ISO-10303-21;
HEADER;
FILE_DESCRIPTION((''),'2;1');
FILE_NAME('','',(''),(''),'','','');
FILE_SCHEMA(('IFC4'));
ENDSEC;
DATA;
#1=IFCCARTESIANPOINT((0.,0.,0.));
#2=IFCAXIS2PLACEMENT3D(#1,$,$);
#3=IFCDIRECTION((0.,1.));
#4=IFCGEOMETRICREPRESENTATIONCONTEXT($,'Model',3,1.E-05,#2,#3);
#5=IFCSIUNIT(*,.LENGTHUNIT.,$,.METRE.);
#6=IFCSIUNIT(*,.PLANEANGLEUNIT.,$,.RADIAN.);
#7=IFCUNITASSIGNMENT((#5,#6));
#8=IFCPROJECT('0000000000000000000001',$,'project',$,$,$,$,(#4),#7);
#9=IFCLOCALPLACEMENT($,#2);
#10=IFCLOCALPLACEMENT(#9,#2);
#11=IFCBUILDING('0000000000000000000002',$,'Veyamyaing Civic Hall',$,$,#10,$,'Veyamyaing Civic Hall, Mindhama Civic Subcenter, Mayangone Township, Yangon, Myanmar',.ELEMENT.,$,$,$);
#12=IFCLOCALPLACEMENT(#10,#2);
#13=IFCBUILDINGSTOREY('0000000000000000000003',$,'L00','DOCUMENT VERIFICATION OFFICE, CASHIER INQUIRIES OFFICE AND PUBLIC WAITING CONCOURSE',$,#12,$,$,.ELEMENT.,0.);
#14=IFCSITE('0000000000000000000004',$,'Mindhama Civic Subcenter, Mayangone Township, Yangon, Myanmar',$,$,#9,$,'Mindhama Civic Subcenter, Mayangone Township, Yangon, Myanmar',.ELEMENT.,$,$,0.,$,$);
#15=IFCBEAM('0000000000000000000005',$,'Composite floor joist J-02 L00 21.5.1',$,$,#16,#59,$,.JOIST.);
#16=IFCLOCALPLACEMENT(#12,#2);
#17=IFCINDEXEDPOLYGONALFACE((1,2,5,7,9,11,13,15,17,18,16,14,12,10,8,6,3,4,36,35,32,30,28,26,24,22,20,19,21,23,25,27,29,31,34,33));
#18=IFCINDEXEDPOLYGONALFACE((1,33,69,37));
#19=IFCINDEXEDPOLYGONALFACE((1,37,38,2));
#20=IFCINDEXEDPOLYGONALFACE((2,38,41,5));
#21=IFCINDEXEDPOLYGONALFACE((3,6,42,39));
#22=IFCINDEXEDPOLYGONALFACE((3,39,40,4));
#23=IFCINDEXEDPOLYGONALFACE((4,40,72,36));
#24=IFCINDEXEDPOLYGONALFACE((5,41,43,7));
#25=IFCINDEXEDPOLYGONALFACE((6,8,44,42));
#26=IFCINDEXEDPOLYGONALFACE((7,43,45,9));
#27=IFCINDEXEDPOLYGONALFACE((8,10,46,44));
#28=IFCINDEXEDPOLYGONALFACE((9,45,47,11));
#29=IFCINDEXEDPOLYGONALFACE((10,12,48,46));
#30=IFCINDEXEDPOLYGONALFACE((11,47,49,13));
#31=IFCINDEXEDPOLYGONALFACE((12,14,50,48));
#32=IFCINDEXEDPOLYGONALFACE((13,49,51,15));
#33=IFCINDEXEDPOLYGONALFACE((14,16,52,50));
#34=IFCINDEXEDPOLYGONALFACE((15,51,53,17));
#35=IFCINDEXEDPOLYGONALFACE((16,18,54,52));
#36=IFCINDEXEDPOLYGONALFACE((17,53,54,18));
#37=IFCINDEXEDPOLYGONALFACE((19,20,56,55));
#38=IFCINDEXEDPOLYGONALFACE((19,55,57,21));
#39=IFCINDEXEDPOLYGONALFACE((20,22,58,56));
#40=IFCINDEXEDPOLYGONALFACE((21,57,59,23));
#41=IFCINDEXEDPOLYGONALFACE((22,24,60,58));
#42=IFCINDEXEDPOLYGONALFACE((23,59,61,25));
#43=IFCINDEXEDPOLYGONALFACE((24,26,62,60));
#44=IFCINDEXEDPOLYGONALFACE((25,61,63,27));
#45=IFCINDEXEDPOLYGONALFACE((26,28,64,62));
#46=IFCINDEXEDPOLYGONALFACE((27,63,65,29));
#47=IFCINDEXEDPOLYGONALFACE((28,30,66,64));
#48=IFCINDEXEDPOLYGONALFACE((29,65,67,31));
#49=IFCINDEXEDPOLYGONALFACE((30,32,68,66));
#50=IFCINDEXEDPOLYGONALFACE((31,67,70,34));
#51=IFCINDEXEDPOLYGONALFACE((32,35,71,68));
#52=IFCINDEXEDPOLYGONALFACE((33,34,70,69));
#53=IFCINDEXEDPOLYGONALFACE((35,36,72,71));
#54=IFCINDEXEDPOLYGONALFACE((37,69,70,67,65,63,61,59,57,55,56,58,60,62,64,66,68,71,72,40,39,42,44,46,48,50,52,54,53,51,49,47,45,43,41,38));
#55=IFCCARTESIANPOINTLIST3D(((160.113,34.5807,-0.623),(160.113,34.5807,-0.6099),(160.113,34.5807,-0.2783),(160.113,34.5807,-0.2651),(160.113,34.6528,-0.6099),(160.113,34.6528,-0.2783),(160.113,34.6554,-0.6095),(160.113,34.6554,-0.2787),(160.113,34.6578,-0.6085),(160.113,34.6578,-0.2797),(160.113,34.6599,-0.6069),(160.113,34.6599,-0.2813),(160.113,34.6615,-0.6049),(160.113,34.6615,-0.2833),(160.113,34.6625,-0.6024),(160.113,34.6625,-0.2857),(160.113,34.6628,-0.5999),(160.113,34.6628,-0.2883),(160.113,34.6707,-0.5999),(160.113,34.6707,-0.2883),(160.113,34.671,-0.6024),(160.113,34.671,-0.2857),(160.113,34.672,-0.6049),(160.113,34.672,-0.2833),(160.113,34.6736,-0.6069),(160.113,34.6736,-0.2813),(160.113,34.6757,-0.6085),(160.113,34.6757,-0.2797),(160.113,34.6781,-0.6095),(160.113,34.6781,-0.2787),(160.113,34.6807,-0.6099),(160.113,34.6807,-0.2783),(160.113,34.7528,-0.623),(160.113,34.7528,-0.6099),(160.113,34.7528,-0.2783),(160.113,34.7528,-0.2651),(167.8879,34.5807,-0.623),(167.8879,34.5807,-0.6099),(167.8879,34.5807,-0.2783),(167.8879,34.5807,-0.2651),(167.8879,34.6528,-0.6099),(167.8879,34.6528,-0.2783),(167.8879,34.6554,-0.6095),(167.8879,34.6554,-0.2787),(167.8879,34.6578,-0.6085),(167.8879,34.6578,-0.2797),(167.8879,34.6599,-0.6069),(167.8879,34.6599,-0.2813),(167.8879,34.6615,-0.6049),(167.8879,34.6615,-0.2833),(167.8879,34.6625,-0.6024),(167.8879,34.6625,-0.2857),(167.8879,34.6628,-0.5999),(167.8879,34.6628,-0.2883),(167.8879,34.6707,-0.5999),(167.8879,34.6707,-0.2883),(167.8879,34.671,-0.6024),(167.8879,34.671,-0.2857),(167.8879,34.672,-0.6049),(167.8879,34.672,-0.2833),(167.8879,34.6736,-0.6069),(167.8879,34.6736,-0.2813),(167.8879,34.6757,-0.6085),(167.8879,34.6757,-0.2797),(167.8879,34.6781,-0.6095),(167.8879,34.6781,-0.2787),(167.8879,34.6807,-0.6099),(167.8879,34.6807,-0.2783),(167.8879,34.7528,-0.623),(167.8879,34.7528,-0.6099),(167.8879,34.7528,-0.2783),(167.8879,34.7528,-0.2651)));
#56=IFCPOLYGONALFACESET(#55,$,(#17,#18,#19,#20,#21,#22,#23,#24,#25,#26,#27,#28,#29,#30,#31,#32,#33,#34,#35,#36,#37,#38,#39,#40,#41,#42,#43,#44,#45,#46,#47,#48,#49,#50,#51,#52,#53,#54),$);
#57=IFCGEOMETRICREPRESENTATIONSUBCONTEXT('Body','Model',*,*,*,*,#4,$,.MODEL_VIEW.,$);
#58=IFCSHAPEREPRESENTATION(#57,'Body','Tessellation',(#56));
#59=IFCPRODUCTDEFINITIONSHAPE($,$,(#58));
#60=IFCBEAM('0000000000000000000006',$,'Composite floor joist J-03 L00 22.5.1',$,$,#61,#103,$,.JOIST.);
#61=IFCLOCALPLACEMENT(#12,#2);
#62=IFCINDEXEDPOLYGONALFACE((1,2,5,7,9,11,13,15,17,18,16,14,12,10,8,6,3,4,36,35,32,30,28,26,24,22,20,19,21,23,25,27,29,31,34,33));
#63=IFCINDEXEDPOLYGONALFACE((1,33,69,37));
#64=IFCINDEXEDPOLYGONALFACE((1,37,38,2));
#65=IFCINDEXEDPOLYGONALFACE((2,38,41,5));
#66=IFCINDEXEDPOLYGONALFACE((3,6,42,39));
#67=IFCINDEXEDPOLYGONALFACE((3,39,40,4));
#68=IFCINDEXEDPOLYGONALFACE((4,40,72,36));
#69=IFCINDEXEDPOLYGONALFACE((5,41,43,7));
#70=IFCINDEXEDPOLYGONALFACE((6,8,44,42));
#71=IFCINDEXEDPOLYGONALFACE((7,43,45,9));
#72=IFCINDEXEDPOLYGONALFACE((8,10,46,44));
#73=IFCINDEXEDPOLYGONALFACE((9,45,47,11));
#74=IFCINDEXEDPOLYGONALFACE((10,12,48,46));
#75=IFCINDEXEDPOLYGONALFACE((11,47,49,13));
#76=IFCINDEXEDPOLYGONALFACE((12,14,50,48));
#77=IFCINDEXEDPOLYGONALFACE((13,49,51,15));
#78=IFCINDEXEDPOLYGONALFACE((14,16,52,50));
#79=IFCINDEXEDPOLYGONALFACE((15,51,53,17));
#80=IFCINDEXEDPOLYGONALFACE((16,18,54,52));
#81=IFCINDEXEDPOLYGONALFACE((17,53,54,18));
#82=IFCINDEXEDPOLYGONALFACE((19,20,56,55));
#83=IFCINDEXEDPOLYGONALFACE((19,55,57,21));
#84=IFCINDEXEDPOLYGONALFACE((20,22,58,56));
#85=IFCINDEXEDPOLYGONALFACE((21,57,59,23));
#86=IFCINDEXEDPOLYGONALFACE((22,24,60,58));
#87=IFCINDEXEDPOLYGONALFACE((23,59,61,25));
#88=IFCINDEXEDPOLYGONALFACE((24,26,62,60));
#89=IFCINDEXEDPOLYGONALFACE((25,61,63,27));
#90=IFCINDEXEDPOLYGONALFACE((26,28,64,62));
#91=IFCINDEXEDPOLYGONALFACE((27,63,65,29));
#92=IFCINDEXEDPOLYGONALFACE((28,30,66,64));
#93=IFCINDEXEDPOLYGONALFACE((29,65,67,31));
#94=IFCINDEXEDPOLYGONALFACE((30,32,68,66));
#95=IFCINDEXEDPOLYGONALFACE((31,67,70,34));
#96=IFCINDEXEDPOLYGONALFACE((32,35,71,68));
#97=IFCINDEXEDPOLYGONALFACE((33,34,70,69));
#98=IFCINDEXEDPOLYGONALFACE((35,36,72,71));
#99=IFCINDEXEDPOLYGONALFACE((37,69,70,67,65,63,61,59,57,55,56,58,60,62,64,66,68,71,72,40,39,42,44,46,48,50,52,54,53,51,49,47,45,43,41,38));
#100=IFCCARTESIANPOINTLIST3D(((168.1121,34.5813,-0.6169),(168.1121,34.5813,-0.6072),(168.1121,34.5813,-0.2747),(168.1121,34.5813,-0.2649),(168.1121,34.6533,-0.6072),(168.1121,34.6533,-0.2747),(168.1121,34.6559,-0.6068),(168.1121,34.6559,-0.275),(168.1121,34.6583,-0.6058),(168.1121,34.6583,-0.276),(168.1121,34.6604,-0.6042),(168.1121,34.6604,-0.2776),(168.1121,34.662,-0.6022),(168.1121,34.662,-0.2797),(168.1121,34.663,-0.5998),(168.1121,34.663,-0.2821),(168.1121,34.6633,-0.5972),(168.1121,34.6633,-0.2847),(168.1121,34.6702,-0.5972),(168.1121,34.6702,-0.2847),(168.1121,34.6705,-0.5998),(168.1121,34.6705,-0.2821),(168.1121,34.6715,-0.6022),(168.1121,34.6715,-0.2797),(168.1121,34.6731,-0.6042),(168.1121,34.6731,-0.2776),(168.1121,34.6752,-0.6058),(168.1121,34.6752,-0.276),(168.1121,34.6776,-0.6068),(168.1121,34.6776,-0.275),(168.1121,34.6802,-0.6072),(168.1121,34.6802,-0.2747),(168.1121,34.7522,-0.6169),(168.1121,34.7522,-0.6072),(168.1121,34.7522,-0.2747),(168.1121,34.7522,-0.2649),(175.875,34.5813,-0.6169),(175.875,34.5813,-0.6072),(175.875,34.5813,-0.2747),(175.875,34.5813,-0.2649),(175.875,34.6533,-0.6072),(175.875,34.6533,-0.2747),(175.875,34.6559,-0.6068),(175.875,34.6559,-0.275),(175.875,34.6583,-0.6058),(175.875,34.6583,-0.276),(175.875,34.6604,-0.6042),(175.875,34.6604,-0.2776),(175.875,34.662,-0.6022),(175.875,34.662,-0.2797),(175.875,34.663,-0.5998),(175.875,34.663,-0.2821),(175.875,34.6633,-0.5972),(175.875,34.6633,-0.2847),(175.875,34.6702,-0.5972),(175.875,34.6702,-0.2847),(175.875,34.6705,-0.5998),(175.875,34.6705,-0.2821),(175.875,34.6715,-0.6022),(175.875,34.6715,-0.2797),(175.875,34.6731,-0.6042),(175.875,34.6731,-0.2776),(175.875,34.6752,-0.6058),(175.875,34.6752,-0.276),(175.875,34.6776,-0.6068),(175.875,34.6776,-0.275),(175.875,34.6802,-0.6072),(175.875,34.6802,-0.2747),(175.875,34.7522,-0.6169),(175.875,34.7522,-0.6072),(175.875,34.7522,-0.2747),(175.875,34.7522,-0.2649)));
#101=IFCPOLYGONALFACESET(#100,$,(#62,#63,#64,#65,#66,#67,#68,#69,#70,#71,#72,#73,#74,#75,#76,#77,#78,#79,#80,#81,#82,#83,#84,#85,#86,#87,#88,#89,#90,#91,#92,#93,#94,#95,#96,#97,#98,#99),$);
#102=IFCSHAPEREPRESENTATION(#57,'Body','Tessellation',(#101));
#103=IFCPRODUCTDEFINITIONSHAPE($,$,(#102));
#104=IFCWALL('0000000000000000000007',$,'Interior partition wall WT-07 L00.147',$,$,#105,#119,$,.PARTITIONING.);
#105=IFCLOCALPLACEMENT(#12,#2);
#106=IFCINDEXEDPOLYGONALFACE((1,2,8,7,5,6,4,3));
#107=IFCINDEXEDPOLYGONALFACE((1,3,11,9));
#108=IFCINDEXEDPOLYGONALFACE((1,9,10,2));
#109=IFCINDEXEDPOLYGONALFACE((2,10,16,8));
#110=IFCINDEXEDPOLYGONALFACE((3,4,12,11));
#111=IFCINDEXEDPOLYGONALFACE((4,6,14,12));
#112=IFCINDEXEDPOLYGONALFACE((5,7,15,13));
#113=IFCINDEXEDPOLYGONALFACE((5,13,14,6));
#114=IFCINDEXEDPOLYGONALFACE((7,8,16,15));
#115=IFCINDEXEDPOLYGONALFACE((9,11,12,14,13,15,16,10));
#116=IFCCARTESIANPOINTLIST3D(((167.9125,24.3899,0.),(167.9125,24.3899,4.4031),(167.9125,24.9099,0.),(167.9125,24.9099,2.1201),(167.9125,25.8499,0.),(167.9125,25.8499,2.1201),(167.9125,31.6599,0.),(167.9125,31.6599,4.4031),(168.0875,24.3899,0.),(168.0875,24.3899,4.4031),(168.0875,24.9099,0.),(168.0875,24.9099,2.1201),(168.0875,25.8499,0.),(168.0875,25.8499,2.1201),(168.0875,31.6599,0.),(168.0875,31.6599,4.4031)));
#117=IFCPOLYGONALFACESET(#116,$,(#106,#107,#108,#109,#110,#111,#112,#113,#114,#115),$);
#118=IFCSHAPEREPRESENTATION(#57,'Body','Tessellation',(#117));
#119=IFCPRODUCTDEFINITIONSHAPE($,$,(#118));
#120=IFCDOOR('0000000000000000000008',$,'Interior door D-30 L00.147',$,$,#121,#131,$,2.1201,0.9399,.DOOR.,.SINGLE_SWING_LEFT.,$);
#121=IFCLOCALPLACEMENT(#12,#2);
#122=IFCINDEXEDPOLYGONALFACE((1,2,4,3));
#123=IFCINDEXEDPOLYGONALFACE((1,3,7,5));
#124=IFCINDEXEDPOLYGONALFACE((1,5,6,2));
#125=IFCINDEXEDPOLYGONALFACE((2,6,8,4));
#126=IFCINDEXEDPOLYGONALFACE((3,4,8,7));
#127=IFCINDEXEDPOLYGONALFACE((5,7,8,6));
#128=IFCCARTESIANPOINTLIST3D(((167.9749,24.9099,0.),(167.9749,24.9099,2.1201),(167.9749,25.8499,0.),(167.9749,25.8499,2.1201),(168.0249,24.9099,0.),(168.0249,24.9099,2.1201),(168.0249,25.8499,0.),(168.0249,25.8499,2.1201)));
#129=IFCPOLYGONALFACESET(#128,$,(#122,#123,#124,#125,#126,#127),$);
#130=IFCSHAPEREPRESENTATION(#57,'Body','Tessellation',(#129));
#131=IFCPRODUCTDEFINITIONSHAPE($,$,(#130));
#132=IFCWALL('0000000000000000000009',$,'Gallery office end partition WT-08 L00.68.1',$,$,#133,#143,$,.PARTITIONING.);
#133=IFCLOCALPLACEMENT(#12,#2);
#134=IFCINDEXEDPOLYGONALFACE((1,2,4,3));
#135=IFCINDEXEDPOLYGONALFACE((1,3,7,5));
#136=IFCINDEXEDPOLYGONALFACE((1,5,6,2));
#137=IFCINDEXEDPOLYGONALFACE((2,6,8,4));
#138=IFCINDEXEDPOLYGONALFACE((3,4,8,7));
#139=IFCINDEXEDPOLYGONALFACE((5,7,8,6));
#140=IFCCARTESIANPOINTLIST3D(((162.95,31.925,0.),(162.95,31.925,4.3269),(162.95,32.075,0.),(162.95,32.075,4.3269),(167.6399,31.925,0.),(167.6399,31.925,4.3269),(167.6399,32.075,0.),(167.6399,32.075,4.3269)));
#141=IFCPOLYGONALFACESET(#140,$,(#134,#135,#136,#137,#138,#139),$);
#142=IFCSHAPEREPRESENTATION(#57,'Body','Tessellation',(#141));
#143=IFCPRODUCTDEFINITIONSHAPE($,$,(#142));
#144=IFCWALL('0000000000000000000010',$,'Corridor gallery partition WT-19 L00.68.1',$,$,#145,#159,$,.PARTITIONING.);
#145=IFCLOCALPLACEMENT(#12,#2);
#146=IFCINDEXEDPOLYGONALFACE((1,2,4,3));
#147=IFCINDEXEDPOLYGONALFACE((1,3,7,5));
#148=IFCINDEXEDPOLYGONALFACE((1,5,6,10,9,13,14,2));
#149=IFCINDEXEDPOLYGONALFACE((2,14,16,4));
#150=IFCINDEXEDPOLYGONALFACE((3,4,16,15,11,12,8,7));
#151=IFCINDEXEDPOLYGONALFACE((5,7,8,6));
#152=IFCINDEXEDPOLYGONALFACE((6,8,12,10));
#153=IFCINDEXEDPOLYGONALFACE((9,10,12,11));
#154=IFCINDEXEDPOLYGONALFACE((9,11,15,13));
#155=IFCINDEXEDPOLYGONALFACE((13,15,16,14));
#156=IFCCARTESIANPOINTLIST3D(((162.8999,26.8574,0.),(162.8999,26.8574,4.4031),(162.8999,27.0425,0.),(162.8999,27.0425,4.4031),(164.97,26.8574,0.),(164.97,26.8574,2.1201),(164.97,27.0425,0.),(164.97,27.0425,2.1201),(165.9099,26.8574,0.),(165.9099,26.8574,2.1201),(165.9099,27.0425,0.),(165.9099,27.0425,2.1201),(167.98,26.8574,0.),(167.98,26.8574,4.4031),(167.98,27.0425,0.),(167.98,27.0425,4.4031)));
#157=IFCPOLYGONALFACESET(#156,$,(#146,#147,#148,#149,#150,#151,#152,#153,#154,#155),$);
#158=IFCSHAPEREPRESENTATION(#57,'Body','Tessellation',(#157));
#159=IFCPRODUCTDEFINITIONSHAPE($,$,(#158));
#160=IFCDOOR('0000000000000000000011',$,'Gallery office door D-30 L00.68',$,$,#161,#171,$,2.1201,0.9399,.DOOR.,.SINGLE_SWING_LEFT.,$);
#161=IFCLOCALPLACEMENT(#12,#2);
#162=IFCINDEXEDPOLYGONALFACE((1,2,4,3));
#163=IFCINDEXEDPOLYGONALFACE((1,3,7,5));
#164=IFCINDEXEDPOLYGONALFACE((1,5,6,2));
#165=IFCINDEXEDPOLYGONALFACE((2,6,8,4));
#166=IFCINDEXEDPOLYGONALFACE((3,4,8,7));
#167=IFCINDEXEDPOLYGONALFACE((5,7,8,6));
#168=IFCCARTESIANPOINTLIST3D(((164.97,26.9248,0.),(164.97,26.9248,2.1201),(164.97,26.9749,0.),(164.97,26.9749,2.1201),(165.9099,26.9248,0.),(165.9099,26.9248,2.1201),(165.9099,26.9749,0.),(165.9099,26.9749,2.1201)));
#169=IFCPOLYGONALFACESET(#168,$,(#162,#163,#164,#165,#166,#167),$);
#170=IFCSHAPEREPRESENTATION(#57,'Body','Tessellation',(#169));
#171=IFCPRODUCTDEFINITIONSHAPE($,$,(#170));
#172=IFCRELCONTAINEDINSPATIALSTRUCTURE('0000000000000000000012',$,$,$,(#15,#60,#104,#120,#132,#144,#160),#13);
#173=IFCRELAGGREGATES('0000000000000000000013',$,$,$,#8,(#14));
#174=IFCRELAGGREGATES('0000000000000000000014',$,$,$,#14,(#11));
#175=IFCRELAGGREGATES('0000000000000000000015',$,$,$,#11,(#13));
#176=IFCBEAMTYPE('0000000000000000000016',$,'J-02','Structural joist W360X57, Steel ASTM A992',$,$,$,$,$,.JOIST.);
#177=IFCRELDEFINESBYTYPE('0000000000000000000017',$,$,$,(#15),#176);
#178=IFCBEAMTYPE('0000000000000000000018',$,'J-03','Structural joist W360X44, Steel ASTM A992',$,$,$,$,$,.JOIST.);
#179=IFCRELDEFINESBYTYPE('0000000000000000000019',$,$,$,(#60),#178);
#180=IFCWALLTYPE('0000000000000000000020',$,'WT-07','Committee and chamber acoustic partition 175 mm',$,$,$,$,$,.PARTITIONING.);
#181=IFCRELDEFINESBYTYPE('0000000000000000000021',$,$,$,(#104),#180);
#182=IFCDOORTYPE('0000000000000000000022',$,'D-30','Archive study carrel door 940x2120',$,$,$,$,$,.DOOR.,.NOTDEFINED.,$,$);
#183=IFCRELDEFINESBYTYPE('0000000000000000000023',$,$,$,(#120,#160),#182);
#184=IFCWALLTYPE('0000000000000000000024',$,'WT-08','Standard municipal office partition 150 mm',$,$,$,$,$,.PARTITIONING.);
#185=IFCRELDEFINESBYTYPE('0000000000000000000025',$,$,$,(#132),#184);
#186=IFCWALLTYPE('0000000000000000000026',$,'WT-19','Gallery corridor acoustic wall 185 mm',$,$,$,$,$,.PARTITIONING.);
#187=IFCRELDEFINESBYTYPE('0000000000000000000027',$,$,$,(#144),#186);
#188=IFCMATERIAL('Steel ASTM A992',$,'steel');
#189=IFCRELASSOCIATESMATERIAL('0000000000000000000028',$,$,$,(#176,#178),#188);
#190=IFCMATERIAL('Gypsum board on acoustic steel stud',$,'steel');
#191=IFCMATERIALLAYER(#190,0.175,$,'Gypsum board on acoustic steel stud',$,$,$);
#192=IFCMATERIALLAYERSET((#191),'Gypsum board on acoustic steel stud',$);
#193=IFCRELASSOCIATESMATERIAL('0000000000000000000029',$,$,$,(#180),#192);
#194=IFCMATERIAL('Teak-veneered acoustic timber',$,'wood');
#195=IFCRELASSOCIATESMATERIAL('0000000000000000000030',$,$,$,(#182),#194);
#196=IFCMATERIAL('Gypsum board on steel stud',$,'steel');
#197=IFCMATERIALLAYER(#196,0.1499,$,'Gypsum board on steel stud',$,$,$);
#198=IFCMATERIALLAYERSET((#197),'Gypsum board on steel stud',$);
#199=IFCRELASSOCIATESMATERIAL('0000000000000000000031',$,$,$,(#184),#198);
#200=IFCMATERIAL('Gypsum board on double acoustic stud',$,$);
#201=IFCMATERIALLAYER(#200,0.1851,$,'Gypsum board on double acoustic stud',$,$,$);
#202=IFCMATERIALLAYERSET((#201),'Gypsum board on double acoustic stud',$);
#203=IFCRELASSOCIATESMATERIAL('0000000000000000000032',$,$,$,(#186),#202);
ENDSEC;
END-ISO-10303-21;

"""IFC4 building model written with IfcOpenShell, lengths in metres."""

from ifc_helpers import new_model, si_unit, direction, frame, frame_2d, origin, origin_2d, place, context, subcontext, project, spatial, rectangle, i_section, extrude, material, layer, layer_set, material_profile, profile_set, type_object, element, fill, save


model = new_model("IFC4")

# Units and contexts
model_context = context("Model", 3, precision=1e-05, world=origin(), true_north=direction((0.0, 1.0)))
body_context = subcontext(model_context, "Body", "Model", "MODEL_VIEW")
ifc_project = project(units=[si_unit("LENGTHUNIT", "METRE"), si_unit("PLANEANGLEUNIT", "RADIAN")], contexts=[model_context])

# Site, building, storey
site_placement = place(None, origin())
site = spatial("IfcSite", under=ifc_project, at=site_placement, Name="Mindhama Civic Subcenter, Mayangone Township, Yangon, Myanmar", LongName="Mindhama Civic Subcenter, Mayangone Township, Yangon, Myanmar", CompositionType="ELEMENT", RefElevation=0.0)
building_placement = place(site_placement, origin())
building = spatial("IfcBuilding", under=site, at=building_placement, Name="Veyamyaing Civic Hall", LongName="Veyamyaing Civic Hall, Mindhama Civic Subcenter, Mayangone Township, Yangon, Myanmar", CompositionType="ELEMENT")
storey_placement = place(building_placement, origin())
storey = spatial("IfcBuildingStorey", under=building, at=storey_placement, Name="L00", Description="DOCUMENT VERIFICATION OFFICE, CASHIER INQUIRIES OFFICE AND PUBLIC WAITING CONCOURSE", CompositionType="ELEMENT", Elevation=0.0)

# Beams
ifc_material_1 = material(Name="Steel ASTM A992", Category="steel")
ifc_material_profile_1 = material_profile(ifc_material_1, i_section(OverallWidth=0.1721, OverallDepth=0.3579, WebThickness=0.0078, FlangeThickness=0.0132, FilletRadius=0.01, at=origin_2d()), Name="W360X57")
ifc_profile_set_1 = profile_set([ifc_material_profile_1], Name="Steel ASTM A992")
beam_type_1 = type_object("IfcBeamType", Name="J-02", Description="Structural joist W360X57, Steel ASTM A992", PredefinedType="JOIST", material=ifc_profile_set_1)
beam_1_placement = place(storey_placement, frame((160.113, 34.6667, -0.4441), z_axis=(1.0, 0.0, 0.0), x_axis=(0.0, 1.0, 0.0)))
element("IfcBeam", 1, at=beam_1_placement, inside=storey, type_object=beam_type_1, Name="Composite floor joist J-02 L00 21.5.1", PredefinedType="JOIST", context=body_context, shape_type="SweptSolid", body=[
    extrude(i_section(OverallWidth=0.1721, OverallDepth=0.3579, WebThickness=0.0078, FlangeThickness=0.0132, FilletRadius=0.01, at=origin_2d()), origin(), (0.0, 0.0, 1.0), 7.7749),
])
ifc_material_profile_2 = material_profile(ifc_material_1, i_section(OverallWidth=0.1709, OverallDepth=0.3521, WebThickness=0.0068, FlangeThickness=0.0098, FilletRadius=0.01, at=origin_2d()), Name="W360X44")
ifc_profile_set_2 = profile_set([ifc_material_profile_2], Name="Steel ASTM A992")
beam_type_2 = type_object("IfcBeamType", Name="J-03", Description="Structural joist W360X44, Steel ASTM A992", PredefinedType="JOIST", material=ifc_profile_set_2)
beam_2_placement = place(storey_placement, frame((168.1121, 34.6667, -0.4409), z_axis=(1.0, 0.0, 0.0), x_axis=(0.0, 1.0, 0.0)))
element("IfcBeam", 2, at=beam_2_placement, inside=storey, type_object=beam_type_2, Name="Composite floor joist J-03 L00 22.5.1", PredefinedType="JOIST", context=body_context, shape_type="SweptSolid", body=[
    extrude(i_section(OverallWidth=0.1709, OverallDepth=0.3521, WebThickness=0.0068, FlangeThickness=0.0098, FilletRadius=0.01, at=origin_2d()), origin(), (0.0, 0.0, 1.0), 7.7629),
])

# Wall, opening, door
ifc_material_2 = material(Name="Gypsum board on acoustic steel stud", Category="steel")
ifc_layer_1 = layer(ifc_material_2, 0.175, Name="Gypsum board on acoustic steel stud")
ifc_layer_set_1 = layer_set([ifc_layer_1], Name="Gypsum board on acoustic steel stud")
wall_type_1 = type_object("IfcWallType", Name="WT-07", Description="Committee and chamber acoustic partition 175 mm", PredefinedType="PARTITIONING", material=ifc_layer_set_1)
wall_1_placement = place(storey_placement, frame((168.0, 24.3899, 0.0), z_axis=(0.0, 0.0, 1.0), x_axis=(0.0, 1.0, 0.0)))
wall_1 = element("IfcWall", 3, at=wall_1_placement, inside=storey, type_object=wall_type_1, Name="Interior partition wall WT-07 L00.147", PredefinedType="PARTITIONING", context=body_context, shape_type="SweptSolid", body=[
    extrude(rectangle(XDim=7.27, YDim=0.175, at=frame_2d((3.635, 0.0))), origin(), (0.0, 0.0, 1.0), 4.4031),
])
opening_1_placement = place(wall_1_placement, frame((0.52, 0.0, 0.0)))
opening_1 = element("IfcOpeningElement", 4, at=opening_1_placement, cuts=wall_1, PredefinedType="OPENING", context=body_context, shape_type="SweptSolid", body=[
    extrude(rectangle(XDim=0.9399, YDim=2.1201, at=frame_2d((0.47, 1.0601))), frame((0.0, 0.0974, 0.0), z_axis=(0.0, -1.0, 0.0), x_axis=(1.0, 0.0, 0.0)), (0.0, 0.0, 1.0), 0.1951),
])
ifc_material_3 = material(Name="Teak-veneered acoustic timber", Category="wood")
door_type_1 = type_object("IfcDoorType", Name="D-30", Description="Archive study carrel door 940x2120", OperationType="NOTDEFINED", PredefinedType="DOOR", material=ifc_material_3)
door_1_placement = place(opening_1_placement, frame((0.9399, 0.0, 0.0), z_axis=(0.0, 0.0, 1.0), x_axis=(-1.0, 0.0, 0.0)))
door_1 = element("IfcDoor", 5, at=door_1_placement, inside=storey, type_object=door_type_1, Name="Interior door D-30 L00.147", OperationType="SINGLE_SWING_LEFT", OverallHeight=2.1201, OverallWidth=0.9399, PredefinedType="DOOR", context=body_context, shape_type="SweptSolid", body=[
    extrude(rectangle(XDim=0.9399, YDim=2.1201, at=frame_2d((0.47, 1.0601))), frame((0.0, 0.0249, 0.0), z_axis=(0.0, -1.0, 0.0), x_axis=(1.0, 0.0, 0.0)), (0.0, 0.0, 1.0), 0.05),
])
fill(opening_1, door_1)

# Wall
ifc_material_4 = material(Name="Gypsum board on steel stud", Category="steel")
ifc_layer_2 = layer(ifc_material_4, 0.1499, Name="Gypsum board on steel stud")
ifc_layer_set_2 = layer_set([ifc_layer_2], Name="Gypsum board on steel stud")
wall_type_2 = type_object("IfcWallType", Name="WT-08", Description="Standard municipal office partition 150 mm", PredefinedType="PARTITIONING", material=ifc_layer_set_2)
wall_2_placement = place(storey_placement, frame((162.95, 32.0, 0.0), z_axis=(0.0, 0.0, 1.0), x_axis=(1.0, 0.0, 0.0)))
element("IfcWall", 6, at=wall_2_placement, inside=storey, type_object=wall_type_2, Name="Gallery office end partition WT-08 L00.68.1", PredefinedType="PARTITIONING", context=body_context, shape_type="SweptSolid", body=[
    extrude(rectangle(XDim=4.6899, YDim=0.1499, at=frame_2d((2.345, 0.0))), origin(), (0.0, 0.0, 1.0), 4.3269),
])

# Wall, opening, door
ifc_material_5 = material(Name="Gypsum board on double acoustic stud")
ifc_layer_3 = layer(ifc_material_5, 0.1851, Name="Gypsum board on double acoustic stud")
ifc_layer_set_3 = layer_set([ifc_layer_3], Name="Gypsum board on double acoustic stud")
wall_type_3 = type_object("IfcWallType", Name="WT-19", Description="Gallery corridor acoustic wall 185 mm", PredefinedType="PARTITIONING", material=ifc_layer_set_3)
wall_3_placement = place(storey_placement, frame((162.8999, 26.95, 0.0), z_axis=(0.0, 0.0, 1.0), x_axis=(1.0, 0.0, 0.0)))
wall_3 = element("IfcWall", 7, at=wall_3_placement, inside=storey, type_object=wall_type_3, Name="Corridor gallery partition WT-19 L00.68.1", PredefinedType="PARTITIONING", context=body_context, shape_type="SweptSolid", body=[
    extrude(rectangle(XDim=5.0801, YDim=0.1851, at=frame_2d((2.54, 0.0))), origin(), (0.0, 0.0, 1.0), 4.4031),
])
opening_2_placement = place(wall_3_placement, frame((2.0701, 0.0, 0.0)))
opening_2 = element("IfcOpeningElement", 8, at=opening_2_placement, cuts=wall_3, PredefinedType="OPENING", context=body_context, shape_type="SweptSolid", body=[
    extrude(rectangle(XDim=0.9399, YDim=2.1201, at=frame_2d((0.47, 1.0601))), frame((0.0, 0.1025, 0.0), z_axis=(0.0, -1.0, 0.0), x_axis=(1.0, 0.0, 0.0)), (0.0, 0.0, 1.0), 0.2051),
])
door_2_placement = place(opening_2_placement, origin())
door_2 = element("IfcDoor", 9, at=door_2_placement, inside=storey, type_object=door_type_1, Name="Gallery office door D-30 L00.68", OperationType="SINGLE_SWING_LEFT", OverallHeight=2.1201, OverallWidth=0.9399, PredefinedType="DOOR", context=body_context, shape_type="SweptSolid", body=[
    extrude(rectangle(XDim=0.9399, YDim=2.1201, at=frame_2d((0.47, 1.0601))), frame((0.0, 0.0249, 0.0), z_axis=(0.0, -1.0, 0.0), x_axis=(1.0, 0.0, 0.0)), (0.0, 0.0, 1.0), 0.05),
])
fill(opening_2, door_2)

save(model, "model.ifc")
